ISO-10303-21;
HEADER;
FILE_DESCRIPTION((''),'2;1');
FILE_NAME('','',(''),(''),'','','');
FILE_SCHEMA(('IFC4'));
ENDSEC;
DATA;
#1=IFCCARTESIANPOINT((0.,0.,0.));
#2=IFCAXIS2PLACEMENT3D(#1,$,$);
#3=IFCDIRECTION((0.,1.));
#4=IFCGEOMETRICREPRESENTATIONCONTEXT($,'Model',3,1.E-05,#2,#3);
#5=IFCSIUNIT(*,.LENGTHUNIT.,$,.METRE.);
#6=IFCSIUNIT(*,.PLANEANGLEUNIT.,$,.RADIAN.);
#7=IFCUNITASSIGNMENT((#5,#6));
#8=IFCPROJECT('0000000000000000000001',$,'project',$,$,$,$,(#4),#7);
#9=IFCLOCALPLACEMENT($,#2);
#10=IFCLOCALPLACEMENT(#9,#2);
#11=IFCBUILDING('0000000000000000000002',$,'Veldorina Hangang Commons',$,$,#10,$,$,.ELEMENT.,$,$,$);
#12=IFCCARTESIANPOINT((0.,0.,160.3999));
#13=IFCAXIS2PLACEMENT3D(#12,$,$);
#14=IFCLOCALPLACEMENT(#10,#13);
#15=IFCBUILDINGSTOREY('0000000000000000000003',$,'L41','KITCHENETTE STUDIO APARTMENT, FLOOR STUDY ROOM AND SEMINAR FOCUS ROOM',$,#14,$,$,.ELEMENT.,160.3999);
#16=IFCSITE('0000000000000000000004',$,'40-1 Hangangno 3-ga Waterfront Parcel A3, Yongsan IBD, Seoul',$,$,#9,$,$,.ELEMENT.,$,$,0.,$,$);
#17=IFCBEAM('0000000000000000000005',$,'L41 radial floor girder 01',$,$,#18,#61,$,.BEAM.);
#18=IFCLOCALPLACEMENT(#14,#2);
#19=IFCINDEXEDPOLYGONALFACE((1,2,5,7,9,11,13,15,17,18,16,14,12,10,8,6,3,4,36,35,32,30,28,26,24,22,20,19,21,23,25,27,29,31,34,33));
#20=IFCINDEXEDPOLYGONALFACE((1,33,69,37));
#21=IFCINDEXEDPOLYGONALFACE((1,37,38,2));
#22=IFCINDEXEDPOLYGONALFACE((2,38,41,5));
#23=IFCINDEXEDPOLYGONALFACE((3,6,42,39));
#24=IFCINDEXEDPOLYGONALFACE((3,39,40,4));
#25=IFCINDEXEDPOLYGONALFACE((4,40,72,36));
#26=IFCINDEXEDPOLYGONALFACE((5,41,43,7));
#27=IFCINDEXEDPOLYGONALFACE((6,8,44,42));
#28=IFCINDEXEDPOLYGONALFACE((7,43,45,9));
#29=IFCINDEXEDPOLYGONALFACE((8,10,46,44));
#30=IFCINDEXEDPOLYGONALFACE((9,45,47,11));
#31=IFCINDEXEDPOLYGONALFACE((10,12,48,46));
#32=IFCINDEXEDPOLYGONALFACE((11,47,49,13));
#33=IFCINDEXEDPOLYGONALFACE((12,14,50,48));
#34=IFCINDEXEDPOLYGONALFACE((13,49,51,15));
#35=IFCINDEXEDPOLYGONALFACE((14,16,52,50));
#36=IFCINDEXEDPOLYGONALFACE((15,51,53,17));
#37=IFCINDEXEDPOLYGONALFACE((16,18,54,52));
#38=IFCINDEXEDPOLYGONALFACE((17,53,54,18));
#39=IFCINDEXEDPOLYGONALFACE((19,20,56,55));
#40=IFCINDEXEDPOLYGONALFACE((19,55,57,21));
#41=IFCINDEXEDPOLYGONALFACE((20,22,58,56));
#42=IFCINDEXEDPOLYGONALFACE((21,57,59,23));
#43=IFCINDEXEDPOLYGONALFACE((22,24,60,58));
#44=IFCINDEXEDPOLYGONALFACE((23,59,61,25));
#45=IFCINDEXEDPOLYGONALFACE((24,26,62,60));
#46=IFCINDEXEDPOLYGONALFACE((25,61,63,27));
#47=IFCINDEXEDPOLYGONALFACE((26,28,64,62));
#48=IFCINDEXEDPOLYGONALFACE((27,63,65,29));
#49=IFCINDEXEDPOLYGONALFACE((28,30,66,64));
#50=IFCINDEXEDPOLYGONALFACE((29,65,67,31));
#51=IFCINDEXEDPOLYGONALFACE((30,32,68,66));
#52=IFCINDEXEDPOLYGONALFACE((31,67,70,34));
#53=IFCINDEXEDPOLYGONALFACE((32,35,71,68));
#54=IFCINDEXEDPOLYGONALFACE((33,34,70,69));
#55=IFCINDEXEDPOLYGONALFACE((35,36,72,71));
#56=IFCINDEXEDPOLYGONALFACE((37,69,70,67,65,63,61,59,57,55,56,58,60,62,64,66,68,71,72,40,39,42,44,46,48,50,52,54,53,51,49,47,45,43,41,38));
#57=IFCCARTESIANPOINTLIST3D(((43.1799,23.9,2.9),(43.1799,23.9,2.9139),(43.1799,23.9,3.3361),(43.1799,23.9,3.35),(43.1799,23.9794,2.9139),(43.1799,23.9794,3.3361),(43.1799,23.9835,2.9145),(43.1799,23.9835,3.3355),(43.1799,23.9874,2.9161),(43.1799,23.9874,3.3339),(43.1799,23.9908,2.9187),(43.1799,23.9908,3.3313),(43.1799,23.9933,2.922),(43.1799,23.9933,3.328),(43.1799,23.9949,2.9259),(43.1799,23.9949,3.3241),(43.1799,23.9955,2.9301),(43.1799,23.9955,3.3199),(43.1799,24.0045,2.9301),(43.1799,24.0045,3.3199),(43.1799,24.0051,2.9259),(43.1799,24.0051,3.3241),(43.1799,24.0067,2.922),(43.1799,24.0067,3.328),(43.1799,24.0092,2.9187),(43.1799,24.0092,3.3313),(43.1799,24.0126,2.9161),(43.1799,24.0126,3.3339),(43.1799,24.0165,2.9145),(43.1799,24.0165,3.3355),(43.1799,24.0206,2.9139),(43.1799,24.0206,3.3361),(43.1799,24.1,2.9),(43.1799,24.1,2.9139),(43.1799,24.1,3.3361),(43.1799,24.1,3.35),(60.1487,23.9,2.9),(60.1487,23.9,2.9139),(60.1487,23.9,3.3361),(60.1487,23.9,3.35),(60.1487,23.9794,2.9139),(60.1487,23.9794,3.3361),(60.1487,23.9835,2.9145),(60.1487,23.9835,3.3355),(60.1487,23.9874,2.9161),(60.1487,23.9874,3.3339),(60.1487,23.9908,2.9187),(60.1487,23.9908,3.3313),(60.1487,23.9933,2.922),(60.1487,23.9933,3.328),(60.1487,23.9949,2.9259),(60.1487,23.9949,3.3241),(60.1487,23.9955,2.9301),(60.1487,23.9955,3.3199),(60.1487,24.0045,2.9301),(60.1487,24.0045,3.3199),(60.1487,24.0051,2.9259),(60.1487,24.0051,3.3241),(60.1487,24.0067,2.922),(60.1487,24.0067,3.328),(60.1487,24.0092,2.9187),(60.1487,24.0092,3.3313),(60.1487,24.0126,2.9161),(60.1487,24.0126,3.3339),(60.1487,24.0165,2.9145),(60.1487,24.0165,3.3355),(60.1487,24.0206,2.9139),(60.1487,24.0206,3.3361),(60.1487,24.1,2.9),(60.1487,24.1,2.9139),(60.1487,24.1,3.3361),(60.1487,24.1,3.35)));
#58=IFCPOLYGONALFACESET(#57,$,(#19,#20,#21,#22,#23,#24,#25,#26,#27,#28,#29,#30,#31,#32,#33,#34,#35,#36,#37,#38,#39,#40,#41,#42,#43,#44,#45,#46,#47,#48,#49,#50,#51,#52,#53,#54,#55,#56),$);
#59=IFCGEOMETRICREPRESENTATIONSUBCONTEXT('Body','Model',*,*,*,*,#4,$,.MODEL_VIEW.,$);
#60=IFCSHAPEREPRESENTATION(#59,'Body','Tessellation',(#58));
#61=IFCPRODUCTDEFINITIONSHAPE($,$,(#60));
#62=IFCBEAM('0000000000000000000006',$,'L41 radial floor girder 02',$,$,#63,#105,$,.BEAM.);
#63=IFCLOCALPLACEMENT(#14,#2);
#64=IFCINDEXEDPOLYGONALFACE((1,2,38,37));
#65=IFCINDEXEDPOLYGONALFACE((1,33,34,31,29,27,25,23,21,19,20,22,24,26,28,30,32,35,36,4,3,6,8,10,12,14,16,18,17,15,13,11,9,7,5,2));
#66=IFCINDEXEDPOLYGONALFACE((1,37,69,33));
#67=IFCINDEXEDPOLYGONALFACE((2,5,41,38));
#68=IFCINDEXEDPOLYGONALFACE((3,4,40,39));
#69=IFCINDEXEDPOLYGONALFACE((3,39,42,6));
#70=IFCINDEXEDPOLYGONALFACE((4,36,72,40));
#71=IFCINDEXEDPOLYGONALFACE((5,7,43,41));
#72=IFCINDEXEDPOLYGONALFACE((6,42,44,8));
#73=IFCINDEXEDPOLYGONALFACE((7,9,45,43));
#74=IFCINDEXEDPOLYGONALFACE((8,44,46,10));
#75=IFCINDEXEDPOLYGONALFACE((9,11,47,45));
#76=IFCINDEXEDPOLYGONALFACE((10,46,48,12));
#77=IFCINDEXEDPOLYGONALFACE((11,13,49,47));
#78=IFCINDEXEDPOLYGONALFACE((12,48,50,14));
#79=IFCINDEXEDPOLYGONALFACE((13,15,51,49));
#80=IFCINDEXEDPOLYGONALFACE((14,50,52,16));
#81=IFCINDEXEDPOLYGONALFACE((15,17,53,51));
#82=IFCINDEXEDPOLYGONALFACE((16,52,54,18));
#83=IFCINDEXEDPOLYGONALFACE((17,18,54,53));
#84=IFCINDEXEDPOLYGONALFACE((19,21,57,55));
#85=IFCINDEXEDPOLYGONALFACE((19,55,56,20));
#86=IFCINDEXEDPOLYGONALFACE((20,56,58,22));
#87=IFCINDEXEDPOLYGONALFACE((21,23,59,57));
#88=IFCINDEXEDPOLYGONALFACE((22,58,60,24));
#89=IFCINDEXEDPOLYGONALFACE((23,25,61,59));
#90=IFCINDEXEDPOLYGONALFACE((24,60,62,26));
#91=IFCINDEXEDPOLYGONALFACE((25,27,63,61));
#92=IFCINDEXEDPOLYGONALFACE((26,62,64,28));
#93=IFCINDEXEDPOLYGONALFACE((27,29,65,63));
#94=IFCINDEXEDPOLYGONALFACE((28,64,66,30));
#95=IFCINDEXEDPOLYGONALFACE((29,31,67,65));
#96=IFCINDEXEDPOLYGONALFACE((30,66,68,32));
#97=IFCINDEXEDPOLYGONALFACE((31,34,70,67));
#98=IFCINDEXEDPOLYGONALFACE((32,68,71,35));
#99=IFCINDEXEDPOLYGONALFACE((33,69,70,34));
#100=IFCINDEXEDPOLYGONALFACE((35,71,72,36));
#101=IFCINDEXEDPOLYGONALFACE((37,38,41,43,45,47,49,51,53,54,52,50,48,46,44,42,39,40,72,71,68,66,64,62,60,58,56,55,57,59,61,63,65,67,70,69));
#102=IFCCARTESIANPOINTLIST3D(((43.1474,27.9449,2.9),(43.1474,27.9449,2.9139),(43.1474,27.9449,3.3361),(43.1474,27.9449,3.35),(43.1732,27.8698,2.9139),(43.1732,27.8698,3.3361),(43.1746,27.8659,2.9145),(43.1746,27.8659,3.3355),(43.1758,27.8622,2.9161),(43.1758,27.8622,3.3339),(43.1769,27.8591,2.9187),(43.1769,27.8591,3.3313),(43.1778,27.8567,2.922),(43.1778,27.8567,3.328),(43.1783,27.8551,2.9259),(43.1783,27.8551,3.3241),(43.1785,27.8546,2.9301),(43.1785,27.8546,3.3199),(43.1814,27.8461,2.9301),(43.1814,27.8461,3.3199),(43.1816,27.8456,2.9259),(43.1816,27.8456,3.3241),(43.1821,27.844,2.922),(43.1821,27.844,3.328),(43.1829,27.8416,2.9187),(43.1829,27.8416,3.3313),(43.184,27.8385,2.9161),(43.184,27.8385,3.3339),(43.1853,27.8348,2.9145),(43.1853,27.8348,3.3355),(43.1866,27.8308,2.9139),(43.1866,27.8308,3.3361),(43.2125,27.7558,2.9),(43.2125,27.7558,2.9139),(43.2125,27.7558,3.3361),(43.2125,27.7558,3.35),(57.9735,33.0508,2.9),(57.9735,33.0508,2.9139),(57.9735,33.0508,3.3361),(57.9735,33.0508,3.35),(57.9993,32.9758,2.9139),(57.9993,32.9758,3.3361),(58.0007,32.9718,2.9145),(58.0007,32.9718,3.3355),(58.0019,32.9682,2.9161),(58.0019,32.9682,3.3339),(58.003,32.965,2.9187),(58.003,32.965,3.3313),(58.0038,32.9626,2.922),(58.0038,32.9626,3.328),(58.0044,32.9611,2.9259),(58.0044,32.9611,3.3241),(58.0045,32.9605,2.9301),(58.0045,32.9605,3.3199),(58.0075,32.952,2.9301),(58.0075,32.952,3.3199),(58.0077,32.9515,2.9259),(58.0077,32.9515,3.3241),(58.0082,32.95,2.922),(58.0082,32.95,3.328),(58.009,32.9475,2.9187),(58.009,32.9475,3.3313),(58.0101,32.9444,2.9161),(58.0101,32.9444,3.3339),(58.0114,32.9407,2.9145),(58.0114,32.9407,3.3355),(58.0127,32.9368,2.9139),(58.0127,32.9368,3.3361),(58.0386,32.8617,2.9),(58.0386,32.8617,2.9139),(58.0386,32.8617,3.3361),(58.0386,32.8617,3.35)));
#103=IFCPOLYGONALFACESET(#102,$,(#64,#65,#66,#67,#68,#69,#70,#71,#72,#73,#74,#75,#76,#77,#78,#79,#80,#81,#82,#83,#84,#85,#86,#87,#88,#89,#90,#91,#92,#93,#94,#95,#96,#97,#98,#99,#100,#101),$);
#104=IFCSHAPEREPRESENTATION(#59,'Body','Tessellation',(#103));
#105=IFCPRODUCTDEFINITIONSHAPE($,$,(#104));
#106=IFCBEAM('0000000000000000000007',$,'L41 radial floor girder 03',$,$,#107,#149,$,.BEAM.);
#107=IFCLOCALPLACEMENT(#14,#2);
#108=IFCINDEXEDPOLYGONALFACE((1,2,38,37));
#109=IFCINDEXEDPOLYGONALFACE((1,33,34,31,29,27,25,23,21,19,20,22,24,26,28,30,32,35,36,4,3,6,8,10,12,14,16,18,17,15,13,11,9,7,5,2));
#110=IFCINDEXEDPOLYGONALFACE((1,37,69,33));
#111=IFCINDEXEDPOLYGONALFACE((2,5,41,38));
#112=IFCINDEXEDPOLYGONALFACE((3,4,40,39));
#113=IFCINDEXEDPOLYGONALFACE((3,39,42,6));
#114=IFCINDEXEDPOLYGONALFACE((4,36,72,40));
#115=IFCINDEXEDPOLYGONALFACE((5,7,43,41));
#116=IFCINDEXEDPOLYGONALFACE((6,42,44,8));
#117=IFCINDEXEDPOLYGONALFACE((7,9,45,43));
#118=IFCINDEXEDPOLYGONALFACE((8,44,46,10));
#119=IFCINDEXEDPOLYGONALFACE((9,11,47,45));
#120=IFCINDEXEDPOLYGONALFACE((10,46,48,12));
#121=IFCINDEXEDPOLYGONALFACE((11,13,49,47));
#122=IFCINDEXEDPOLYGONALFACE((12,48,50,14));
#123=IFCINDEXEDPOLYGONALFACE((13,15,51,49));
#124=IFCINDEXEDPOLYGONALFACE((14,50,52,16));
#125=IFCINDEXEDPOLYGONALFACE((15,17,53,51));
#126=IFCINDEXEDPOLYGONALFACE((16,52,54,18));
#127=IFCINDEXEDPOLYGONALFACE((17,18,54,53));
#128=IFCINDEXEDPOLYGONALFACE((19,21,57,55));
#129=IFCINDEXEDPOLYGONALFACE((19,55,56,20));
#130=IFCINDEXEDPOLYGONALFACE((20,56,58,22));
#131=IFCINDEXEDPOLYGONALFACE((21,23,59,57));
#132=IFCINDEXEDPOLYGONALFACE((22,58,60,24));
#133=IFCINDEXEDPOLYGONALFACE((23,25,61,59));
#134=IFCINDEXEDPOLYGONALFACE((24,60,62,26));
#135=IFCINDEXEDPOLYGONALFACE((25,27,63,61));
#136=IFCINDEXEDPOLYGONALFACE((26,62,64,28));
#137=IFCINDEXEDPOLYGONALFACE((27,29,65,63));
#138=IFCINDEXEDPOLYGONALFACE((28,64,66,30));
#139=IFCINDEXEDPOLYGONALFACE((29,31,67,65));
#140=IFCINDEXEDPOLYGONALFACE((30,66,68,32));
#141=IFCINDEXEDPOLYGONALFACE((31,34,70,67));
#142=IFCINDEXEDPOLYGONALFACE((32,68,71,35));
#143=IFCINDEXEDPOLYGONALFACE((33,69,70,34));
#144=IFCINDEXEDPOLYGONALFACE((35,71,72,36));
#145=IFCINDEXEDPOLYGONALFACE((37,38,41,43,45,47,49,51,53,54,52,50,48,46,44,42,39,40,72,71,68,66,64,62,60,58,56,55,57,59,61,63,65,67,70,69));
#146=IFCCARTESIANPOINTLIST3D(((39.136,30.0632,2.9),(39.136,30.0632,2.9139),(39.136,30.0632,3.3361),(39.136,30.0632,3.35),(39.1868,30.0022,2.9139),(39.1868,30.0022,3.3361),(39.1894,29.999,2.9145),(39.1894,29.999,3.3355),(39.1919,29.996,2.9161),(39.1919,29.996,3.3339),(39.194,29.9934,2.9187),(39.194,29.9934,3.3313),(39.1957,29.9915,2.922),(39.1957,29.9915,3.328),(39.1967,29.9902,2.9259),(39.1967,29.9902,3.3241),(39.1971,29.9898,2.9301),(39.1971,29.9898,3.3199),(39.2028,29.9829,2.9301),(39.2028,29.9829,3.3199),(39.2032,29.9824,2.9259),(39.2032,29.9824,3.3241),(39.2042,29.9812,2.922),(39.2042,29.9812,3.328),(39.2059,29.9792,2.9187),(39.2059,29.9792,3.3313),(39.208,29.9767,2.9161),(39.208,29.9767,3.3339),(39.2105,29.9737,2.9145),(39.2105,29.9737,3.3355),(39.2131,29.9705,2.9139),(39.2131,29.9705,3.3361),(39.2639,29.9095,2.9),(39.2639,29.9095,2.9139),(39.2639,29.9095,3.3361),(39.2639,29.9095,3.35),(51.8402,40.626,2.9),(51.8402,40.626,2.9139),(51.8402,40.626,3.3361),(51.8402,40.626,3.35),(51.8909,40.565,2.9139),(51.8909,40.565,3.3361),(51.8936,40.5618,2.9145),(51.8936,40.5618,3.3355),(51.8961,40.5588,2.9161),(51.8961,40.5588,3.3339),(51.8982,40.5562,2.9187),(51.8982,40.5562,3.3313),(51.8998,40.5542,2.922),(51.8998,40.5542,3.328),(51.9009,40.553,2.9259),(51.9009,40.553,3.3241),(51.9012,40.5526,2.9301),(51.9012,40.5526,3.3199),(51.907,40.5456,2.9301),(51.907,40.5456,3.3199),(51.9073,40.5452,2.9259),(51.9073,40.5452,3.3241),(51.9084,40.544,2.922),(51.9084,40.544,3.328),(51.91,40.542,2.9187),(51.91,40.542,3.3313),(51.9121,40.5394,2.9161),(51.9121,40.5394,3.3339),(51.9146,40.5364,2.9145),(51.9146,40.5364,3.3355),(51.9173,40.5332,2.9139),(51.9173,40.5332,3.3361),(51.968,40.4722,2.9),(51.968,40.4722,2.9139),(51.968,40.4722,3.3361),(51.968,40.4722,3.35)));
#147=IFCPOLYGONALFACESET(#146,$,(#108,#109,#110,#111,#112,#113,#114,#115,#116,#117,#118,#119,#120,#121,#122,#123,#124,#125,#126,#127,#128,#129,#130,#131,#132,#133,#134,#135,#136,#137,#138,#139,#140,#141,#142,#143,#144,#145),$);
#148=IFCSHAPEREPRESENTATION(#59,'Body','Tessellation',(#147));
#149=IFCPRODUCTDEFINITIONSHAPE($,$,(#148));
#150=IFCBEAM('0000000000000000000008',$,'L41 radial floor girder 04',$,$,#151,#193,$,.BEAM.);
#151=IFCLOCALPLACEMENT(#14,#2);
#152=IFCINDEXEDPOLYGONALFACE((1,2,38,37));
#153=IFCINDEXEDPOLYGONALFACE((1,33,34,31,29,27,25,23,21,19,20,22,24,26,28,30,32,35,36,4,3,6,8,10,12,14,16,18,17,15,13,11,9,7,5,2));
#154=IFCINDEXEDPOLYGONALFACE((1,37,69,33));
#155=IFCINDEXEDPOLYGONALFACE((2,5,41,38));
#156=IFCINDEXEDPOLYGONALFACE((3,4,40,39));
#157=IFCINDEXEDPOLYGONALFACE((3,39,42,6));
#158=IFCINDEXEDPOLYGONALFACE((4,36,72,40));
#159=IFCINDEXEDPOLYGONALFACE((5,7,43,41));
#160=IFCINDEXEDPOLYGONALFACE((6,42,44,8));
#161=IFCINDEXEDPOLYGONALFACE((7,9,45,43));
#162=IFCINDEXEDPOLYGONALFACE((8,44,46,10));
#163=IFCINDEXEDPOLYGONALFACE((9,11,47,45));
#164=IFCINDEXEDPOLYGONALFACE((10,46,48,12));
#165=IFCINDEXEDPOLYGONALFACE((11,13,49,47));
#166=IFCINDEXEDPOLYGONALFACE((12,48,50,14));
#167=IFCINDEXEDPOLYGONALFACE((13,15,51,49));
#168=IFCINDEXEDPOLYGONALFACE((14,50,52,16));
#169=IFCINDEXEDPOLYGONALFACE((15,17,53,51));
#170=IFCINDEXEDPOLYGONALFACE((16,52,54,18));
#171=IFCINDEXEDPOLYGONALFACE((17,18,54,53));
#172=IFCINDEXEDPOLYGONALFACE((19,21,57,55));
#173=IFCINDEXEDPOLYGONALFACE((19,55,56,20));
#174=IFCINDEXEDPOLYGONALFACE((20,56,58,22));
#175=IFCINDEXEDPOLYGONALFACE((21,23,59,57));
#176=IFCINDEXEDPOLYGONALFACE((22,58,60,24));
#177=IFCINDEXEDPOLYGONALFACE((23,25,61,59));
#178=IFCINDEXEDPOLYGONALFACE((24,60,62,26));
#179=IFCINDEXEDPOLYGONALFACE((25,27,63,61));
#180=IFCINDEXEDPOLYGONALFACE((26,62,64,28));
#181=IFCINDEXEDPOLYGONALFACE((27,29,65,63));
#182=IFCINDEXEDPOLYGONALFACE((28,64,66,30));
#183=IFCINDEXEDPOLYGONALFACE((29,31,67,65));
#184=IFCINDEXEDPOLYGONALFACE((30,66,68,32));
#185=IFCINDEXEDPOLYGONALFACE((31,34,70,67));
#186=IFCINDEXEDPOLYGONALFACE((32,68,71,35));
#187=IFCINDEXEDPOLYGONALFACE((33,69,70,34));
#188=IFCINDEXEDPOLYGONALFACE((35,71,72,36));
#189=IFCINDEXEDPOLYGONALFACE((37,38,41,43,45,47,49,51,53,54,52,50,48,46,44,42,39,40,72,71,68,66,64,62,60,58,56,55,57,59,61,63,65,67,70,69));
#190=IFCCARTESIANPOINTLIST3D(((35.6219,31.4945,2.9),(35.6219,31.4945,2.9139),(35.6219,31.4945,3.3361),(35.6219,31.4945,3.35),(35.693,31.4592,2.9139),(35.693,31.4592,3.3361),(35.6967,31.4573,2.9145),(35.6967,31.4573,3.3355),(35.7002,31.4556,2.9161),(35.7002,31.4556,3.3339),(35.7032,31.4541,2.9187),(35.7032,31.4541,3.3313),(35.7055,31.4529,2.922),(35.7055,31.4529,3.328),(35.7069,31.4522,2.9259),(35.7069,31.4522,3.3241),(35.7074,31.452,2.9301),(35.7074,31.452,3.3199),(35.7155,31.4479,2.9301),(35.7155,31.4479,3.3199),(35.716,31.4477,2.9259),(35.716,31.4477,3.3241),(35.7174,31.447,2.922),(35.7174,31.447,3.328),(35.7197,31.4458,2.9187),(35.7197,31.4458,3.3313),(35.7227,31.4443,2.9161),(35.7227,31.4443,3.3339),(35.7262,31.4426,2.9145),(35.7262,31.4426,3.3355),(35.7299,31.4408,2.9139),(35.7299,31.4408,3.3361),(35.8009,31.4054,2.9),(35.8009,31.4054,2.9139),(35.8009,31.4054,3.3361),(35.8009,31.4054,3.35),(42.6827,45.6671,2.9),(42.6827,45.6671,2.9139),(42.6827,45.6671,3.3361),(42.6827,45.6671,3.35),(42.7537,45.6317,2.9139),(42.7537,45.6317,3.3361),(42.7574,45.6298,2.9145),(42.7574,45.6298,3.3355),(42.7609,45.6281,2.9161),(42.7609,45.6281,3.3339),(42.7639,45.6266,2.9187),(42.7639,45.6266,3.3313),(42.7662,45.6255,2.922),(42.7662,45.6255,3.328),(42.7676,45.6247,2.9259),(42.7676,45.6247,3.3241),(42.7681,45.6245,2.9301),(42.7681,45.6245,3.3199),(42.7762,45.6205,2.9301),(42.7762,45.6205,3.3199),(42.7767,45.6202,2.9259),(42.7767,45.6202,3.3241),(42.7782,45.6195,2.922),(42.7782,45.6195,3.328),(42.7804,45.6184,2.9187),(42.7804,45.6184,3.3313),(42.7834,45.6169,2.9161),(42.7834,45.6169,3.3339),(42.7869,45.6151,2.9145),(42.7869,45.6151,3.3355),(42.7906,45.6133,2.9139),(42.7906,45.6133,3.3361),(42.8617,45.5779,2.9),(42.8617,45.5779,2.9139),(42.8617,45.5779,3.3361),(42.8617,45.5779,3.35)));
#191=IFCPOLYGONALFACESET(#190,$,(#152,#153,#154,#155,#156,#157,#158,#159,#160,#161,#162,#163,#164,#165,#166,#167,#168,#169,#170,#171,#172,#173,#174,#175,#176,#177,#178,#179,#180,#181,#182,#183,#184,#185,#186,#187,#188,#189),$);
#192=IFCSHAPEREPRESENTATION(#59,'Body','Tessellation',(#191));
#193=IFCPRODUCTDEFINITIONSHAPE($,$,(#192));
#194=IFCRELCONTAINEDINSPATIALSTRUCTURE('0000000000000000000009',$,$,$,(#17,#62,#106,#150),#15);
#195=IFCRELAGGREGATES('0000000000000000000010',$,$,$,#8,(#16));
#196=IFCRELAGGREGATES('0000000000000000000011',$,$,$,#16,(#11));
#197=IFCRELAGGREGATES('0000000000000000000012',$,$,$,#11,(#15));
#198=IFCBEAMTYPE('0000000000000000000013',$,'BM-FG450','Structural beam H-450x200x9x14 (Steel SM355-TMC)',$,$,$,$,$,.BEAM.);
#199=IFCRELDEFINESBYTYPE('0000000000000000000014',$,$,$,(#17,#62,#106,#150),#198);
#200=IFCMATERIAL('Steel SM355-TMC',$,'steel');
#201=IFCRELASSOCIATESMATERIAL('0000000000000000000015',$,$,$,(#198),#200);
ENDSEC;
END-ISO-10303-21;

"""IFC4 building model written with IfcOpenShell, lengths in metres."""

from ifc_helpers import new_model, si_unit, direction, frame, origin, origin_2d, place, context, subcontext, project, spatial, i_section, extrude, material, material_profile, profile_set, type_object, element, save


model = new_model("IFC4")

# Units and contexts
model_context = context("Model", 3, precision=1e-05, world=origin(), true_north=direction((0.0, 1.0)))
body_context = subcontext(model_context, "Body", "Model", "MODEL_VIEW")
ifc_project = project(units=[si_unit("LENGTHUNIT", "METRE"), si_unit("PLANEANGLEUNIT", "RADIAN")], contexts=[model_context])

# Site, building, storey
site_placement = place(None, origin())
site = spatial("IfcSite", under=ifc_project, at=site_placement, Name="40-1 Hangangno 3-ga Waterfront Parcel A3, Yongsan IBD, Seoul", CompositionType="ELEMENT", RefElevation=0.0)
building_placement = place(site_placement, origin())
building = spatial("IfcBuilding", under=site, at=building_placement, Name="Veldorina Hangang Commons", CompositionType="ELEMENT")
storey_placement = place(building_placement, frame((0.0, 0.0, 160.3999)))
storey = spatial("IfcBuildingStorey", under=building, at=storey_placement, Name="L41", Description="KITCHENETTE STUDIO APARTMENT, FLOOR STUDY ROOM AND SEMINAR FOCUS ROOM", CompositionType="ELEMENT", Elevation=160.3999)

# Beams
ifc_material_1 = material(Name="Steel SM355-TMC", Category="steel")
ifc_material_profile = material_profile(ifc_material_1, i_section(OverallWidth=0.2, OverallDepth=0.45, WebThickness=0.009, FlangeThickness=0.0139, FilletRadius=0.0161, at=origin_2d()), Name="H-450x200x9x14")
ifc_profile_set = profile_set([ifc_material_profile], Name="Steel SM355-TMC")
beam_type = type_object("IfcBeamType", Name="BM-FG450", Description="Structural beam H-450x200x9x14 (Steel SM355-TMC)", PredefinedType="BEAM", material=ifc_profile_set)
beam_1_placement = place(storey_placement, frame((43.1799, 24.0, 3.125), z_axis=(1.0, 0.0, 0.0), x_axis=(0.0, 1.0, 0.0)))
element("IfcBeam", 1, at=beam_1_placement, inside=storey, type_object=beam_type, Name="L41 radial floor girder 01", PredefinedType="BEAM", context=body_context, shape_type="SweptSolid", body=[
    extrude(i_section(OverallWidth=0.2, OverallDepth=0.45, WebThickness=0.009, FlangeThickness=0.0139, FilletRadius=0.0161, at=origin_2d()), origin(), (0.0, 0.0, 1.0), 16.9688),
])
beam_2_placement = place(storey_placement, frame((43.1799, 27.8503, 3.125), z_axis=(0.945501, 0.325619, 0.0), x_axis=(-0.325619, 0.945501, 0.0)))
element("IfcBeam", 2, at=beam_2_placement, inside=storey, type_object=beam_type, Name="L41 radial floor girder 02", PredefinedType="BEAM", context=body_context, shape_type="SweptSolid", body=[
    extrude(i_section(OverallWidth=0.2, OverallDepth=0.45, WebThickness=0.009, FlangeThickness=0.0139, FilletRadius=0.0161, at=origin_2d()), origin(), (0.0, 0.0, 1.0), 15.6807),
])
beam_3_placement = place(storey_placement, frame((39.2, 29.9863, 3.125), z_axis=(0.768935, 0.639326, 0.0), x_axis=(-0.639326, 0.768935, 0.0)))
element("IfcBeam", 3, at=beam_3_placement, inside=storey, type_object=beam_type, Name="L41 radial floor girder 03", PredefinedType="BEAM", context=body_context, shape_type="SweptSolid", body=[
    extrude(i_section(OverallWidth=0.2, OverallDepth=0.45, WebThickness=0.009, FlangeThickness=0.0139, FilletRadius=0.0161, at=origin_2d()), origin(), (0.0, 0.0, 1.0), 16.5217),
])
beam_4_placement = place(storey_placement, frame((35.7114, 31.45, 3.125), z_axis=(0.445924, 0.895071, 0.0), x_axis=(-0.895071, 0.445924, 0.0)))
element("IfcBeam", 4, at=beam_4_placement, inside=storey, type_object=beam_type, Name="L41 radial floor girder 04", PredefinedType="BEAM", context=body_context, shape_type="SweptSolid", body=[
    extrude(i_section(OverallWidth=0.2, OverallDepth=0.45, WebThickness=0.009, FlangeThickness=0.0139, FilletRadius=0.0161, at=origin_2d()), origin(), (0.0, 0.0, 1.0), 15.834),
])

save(model, "model.ifc")
